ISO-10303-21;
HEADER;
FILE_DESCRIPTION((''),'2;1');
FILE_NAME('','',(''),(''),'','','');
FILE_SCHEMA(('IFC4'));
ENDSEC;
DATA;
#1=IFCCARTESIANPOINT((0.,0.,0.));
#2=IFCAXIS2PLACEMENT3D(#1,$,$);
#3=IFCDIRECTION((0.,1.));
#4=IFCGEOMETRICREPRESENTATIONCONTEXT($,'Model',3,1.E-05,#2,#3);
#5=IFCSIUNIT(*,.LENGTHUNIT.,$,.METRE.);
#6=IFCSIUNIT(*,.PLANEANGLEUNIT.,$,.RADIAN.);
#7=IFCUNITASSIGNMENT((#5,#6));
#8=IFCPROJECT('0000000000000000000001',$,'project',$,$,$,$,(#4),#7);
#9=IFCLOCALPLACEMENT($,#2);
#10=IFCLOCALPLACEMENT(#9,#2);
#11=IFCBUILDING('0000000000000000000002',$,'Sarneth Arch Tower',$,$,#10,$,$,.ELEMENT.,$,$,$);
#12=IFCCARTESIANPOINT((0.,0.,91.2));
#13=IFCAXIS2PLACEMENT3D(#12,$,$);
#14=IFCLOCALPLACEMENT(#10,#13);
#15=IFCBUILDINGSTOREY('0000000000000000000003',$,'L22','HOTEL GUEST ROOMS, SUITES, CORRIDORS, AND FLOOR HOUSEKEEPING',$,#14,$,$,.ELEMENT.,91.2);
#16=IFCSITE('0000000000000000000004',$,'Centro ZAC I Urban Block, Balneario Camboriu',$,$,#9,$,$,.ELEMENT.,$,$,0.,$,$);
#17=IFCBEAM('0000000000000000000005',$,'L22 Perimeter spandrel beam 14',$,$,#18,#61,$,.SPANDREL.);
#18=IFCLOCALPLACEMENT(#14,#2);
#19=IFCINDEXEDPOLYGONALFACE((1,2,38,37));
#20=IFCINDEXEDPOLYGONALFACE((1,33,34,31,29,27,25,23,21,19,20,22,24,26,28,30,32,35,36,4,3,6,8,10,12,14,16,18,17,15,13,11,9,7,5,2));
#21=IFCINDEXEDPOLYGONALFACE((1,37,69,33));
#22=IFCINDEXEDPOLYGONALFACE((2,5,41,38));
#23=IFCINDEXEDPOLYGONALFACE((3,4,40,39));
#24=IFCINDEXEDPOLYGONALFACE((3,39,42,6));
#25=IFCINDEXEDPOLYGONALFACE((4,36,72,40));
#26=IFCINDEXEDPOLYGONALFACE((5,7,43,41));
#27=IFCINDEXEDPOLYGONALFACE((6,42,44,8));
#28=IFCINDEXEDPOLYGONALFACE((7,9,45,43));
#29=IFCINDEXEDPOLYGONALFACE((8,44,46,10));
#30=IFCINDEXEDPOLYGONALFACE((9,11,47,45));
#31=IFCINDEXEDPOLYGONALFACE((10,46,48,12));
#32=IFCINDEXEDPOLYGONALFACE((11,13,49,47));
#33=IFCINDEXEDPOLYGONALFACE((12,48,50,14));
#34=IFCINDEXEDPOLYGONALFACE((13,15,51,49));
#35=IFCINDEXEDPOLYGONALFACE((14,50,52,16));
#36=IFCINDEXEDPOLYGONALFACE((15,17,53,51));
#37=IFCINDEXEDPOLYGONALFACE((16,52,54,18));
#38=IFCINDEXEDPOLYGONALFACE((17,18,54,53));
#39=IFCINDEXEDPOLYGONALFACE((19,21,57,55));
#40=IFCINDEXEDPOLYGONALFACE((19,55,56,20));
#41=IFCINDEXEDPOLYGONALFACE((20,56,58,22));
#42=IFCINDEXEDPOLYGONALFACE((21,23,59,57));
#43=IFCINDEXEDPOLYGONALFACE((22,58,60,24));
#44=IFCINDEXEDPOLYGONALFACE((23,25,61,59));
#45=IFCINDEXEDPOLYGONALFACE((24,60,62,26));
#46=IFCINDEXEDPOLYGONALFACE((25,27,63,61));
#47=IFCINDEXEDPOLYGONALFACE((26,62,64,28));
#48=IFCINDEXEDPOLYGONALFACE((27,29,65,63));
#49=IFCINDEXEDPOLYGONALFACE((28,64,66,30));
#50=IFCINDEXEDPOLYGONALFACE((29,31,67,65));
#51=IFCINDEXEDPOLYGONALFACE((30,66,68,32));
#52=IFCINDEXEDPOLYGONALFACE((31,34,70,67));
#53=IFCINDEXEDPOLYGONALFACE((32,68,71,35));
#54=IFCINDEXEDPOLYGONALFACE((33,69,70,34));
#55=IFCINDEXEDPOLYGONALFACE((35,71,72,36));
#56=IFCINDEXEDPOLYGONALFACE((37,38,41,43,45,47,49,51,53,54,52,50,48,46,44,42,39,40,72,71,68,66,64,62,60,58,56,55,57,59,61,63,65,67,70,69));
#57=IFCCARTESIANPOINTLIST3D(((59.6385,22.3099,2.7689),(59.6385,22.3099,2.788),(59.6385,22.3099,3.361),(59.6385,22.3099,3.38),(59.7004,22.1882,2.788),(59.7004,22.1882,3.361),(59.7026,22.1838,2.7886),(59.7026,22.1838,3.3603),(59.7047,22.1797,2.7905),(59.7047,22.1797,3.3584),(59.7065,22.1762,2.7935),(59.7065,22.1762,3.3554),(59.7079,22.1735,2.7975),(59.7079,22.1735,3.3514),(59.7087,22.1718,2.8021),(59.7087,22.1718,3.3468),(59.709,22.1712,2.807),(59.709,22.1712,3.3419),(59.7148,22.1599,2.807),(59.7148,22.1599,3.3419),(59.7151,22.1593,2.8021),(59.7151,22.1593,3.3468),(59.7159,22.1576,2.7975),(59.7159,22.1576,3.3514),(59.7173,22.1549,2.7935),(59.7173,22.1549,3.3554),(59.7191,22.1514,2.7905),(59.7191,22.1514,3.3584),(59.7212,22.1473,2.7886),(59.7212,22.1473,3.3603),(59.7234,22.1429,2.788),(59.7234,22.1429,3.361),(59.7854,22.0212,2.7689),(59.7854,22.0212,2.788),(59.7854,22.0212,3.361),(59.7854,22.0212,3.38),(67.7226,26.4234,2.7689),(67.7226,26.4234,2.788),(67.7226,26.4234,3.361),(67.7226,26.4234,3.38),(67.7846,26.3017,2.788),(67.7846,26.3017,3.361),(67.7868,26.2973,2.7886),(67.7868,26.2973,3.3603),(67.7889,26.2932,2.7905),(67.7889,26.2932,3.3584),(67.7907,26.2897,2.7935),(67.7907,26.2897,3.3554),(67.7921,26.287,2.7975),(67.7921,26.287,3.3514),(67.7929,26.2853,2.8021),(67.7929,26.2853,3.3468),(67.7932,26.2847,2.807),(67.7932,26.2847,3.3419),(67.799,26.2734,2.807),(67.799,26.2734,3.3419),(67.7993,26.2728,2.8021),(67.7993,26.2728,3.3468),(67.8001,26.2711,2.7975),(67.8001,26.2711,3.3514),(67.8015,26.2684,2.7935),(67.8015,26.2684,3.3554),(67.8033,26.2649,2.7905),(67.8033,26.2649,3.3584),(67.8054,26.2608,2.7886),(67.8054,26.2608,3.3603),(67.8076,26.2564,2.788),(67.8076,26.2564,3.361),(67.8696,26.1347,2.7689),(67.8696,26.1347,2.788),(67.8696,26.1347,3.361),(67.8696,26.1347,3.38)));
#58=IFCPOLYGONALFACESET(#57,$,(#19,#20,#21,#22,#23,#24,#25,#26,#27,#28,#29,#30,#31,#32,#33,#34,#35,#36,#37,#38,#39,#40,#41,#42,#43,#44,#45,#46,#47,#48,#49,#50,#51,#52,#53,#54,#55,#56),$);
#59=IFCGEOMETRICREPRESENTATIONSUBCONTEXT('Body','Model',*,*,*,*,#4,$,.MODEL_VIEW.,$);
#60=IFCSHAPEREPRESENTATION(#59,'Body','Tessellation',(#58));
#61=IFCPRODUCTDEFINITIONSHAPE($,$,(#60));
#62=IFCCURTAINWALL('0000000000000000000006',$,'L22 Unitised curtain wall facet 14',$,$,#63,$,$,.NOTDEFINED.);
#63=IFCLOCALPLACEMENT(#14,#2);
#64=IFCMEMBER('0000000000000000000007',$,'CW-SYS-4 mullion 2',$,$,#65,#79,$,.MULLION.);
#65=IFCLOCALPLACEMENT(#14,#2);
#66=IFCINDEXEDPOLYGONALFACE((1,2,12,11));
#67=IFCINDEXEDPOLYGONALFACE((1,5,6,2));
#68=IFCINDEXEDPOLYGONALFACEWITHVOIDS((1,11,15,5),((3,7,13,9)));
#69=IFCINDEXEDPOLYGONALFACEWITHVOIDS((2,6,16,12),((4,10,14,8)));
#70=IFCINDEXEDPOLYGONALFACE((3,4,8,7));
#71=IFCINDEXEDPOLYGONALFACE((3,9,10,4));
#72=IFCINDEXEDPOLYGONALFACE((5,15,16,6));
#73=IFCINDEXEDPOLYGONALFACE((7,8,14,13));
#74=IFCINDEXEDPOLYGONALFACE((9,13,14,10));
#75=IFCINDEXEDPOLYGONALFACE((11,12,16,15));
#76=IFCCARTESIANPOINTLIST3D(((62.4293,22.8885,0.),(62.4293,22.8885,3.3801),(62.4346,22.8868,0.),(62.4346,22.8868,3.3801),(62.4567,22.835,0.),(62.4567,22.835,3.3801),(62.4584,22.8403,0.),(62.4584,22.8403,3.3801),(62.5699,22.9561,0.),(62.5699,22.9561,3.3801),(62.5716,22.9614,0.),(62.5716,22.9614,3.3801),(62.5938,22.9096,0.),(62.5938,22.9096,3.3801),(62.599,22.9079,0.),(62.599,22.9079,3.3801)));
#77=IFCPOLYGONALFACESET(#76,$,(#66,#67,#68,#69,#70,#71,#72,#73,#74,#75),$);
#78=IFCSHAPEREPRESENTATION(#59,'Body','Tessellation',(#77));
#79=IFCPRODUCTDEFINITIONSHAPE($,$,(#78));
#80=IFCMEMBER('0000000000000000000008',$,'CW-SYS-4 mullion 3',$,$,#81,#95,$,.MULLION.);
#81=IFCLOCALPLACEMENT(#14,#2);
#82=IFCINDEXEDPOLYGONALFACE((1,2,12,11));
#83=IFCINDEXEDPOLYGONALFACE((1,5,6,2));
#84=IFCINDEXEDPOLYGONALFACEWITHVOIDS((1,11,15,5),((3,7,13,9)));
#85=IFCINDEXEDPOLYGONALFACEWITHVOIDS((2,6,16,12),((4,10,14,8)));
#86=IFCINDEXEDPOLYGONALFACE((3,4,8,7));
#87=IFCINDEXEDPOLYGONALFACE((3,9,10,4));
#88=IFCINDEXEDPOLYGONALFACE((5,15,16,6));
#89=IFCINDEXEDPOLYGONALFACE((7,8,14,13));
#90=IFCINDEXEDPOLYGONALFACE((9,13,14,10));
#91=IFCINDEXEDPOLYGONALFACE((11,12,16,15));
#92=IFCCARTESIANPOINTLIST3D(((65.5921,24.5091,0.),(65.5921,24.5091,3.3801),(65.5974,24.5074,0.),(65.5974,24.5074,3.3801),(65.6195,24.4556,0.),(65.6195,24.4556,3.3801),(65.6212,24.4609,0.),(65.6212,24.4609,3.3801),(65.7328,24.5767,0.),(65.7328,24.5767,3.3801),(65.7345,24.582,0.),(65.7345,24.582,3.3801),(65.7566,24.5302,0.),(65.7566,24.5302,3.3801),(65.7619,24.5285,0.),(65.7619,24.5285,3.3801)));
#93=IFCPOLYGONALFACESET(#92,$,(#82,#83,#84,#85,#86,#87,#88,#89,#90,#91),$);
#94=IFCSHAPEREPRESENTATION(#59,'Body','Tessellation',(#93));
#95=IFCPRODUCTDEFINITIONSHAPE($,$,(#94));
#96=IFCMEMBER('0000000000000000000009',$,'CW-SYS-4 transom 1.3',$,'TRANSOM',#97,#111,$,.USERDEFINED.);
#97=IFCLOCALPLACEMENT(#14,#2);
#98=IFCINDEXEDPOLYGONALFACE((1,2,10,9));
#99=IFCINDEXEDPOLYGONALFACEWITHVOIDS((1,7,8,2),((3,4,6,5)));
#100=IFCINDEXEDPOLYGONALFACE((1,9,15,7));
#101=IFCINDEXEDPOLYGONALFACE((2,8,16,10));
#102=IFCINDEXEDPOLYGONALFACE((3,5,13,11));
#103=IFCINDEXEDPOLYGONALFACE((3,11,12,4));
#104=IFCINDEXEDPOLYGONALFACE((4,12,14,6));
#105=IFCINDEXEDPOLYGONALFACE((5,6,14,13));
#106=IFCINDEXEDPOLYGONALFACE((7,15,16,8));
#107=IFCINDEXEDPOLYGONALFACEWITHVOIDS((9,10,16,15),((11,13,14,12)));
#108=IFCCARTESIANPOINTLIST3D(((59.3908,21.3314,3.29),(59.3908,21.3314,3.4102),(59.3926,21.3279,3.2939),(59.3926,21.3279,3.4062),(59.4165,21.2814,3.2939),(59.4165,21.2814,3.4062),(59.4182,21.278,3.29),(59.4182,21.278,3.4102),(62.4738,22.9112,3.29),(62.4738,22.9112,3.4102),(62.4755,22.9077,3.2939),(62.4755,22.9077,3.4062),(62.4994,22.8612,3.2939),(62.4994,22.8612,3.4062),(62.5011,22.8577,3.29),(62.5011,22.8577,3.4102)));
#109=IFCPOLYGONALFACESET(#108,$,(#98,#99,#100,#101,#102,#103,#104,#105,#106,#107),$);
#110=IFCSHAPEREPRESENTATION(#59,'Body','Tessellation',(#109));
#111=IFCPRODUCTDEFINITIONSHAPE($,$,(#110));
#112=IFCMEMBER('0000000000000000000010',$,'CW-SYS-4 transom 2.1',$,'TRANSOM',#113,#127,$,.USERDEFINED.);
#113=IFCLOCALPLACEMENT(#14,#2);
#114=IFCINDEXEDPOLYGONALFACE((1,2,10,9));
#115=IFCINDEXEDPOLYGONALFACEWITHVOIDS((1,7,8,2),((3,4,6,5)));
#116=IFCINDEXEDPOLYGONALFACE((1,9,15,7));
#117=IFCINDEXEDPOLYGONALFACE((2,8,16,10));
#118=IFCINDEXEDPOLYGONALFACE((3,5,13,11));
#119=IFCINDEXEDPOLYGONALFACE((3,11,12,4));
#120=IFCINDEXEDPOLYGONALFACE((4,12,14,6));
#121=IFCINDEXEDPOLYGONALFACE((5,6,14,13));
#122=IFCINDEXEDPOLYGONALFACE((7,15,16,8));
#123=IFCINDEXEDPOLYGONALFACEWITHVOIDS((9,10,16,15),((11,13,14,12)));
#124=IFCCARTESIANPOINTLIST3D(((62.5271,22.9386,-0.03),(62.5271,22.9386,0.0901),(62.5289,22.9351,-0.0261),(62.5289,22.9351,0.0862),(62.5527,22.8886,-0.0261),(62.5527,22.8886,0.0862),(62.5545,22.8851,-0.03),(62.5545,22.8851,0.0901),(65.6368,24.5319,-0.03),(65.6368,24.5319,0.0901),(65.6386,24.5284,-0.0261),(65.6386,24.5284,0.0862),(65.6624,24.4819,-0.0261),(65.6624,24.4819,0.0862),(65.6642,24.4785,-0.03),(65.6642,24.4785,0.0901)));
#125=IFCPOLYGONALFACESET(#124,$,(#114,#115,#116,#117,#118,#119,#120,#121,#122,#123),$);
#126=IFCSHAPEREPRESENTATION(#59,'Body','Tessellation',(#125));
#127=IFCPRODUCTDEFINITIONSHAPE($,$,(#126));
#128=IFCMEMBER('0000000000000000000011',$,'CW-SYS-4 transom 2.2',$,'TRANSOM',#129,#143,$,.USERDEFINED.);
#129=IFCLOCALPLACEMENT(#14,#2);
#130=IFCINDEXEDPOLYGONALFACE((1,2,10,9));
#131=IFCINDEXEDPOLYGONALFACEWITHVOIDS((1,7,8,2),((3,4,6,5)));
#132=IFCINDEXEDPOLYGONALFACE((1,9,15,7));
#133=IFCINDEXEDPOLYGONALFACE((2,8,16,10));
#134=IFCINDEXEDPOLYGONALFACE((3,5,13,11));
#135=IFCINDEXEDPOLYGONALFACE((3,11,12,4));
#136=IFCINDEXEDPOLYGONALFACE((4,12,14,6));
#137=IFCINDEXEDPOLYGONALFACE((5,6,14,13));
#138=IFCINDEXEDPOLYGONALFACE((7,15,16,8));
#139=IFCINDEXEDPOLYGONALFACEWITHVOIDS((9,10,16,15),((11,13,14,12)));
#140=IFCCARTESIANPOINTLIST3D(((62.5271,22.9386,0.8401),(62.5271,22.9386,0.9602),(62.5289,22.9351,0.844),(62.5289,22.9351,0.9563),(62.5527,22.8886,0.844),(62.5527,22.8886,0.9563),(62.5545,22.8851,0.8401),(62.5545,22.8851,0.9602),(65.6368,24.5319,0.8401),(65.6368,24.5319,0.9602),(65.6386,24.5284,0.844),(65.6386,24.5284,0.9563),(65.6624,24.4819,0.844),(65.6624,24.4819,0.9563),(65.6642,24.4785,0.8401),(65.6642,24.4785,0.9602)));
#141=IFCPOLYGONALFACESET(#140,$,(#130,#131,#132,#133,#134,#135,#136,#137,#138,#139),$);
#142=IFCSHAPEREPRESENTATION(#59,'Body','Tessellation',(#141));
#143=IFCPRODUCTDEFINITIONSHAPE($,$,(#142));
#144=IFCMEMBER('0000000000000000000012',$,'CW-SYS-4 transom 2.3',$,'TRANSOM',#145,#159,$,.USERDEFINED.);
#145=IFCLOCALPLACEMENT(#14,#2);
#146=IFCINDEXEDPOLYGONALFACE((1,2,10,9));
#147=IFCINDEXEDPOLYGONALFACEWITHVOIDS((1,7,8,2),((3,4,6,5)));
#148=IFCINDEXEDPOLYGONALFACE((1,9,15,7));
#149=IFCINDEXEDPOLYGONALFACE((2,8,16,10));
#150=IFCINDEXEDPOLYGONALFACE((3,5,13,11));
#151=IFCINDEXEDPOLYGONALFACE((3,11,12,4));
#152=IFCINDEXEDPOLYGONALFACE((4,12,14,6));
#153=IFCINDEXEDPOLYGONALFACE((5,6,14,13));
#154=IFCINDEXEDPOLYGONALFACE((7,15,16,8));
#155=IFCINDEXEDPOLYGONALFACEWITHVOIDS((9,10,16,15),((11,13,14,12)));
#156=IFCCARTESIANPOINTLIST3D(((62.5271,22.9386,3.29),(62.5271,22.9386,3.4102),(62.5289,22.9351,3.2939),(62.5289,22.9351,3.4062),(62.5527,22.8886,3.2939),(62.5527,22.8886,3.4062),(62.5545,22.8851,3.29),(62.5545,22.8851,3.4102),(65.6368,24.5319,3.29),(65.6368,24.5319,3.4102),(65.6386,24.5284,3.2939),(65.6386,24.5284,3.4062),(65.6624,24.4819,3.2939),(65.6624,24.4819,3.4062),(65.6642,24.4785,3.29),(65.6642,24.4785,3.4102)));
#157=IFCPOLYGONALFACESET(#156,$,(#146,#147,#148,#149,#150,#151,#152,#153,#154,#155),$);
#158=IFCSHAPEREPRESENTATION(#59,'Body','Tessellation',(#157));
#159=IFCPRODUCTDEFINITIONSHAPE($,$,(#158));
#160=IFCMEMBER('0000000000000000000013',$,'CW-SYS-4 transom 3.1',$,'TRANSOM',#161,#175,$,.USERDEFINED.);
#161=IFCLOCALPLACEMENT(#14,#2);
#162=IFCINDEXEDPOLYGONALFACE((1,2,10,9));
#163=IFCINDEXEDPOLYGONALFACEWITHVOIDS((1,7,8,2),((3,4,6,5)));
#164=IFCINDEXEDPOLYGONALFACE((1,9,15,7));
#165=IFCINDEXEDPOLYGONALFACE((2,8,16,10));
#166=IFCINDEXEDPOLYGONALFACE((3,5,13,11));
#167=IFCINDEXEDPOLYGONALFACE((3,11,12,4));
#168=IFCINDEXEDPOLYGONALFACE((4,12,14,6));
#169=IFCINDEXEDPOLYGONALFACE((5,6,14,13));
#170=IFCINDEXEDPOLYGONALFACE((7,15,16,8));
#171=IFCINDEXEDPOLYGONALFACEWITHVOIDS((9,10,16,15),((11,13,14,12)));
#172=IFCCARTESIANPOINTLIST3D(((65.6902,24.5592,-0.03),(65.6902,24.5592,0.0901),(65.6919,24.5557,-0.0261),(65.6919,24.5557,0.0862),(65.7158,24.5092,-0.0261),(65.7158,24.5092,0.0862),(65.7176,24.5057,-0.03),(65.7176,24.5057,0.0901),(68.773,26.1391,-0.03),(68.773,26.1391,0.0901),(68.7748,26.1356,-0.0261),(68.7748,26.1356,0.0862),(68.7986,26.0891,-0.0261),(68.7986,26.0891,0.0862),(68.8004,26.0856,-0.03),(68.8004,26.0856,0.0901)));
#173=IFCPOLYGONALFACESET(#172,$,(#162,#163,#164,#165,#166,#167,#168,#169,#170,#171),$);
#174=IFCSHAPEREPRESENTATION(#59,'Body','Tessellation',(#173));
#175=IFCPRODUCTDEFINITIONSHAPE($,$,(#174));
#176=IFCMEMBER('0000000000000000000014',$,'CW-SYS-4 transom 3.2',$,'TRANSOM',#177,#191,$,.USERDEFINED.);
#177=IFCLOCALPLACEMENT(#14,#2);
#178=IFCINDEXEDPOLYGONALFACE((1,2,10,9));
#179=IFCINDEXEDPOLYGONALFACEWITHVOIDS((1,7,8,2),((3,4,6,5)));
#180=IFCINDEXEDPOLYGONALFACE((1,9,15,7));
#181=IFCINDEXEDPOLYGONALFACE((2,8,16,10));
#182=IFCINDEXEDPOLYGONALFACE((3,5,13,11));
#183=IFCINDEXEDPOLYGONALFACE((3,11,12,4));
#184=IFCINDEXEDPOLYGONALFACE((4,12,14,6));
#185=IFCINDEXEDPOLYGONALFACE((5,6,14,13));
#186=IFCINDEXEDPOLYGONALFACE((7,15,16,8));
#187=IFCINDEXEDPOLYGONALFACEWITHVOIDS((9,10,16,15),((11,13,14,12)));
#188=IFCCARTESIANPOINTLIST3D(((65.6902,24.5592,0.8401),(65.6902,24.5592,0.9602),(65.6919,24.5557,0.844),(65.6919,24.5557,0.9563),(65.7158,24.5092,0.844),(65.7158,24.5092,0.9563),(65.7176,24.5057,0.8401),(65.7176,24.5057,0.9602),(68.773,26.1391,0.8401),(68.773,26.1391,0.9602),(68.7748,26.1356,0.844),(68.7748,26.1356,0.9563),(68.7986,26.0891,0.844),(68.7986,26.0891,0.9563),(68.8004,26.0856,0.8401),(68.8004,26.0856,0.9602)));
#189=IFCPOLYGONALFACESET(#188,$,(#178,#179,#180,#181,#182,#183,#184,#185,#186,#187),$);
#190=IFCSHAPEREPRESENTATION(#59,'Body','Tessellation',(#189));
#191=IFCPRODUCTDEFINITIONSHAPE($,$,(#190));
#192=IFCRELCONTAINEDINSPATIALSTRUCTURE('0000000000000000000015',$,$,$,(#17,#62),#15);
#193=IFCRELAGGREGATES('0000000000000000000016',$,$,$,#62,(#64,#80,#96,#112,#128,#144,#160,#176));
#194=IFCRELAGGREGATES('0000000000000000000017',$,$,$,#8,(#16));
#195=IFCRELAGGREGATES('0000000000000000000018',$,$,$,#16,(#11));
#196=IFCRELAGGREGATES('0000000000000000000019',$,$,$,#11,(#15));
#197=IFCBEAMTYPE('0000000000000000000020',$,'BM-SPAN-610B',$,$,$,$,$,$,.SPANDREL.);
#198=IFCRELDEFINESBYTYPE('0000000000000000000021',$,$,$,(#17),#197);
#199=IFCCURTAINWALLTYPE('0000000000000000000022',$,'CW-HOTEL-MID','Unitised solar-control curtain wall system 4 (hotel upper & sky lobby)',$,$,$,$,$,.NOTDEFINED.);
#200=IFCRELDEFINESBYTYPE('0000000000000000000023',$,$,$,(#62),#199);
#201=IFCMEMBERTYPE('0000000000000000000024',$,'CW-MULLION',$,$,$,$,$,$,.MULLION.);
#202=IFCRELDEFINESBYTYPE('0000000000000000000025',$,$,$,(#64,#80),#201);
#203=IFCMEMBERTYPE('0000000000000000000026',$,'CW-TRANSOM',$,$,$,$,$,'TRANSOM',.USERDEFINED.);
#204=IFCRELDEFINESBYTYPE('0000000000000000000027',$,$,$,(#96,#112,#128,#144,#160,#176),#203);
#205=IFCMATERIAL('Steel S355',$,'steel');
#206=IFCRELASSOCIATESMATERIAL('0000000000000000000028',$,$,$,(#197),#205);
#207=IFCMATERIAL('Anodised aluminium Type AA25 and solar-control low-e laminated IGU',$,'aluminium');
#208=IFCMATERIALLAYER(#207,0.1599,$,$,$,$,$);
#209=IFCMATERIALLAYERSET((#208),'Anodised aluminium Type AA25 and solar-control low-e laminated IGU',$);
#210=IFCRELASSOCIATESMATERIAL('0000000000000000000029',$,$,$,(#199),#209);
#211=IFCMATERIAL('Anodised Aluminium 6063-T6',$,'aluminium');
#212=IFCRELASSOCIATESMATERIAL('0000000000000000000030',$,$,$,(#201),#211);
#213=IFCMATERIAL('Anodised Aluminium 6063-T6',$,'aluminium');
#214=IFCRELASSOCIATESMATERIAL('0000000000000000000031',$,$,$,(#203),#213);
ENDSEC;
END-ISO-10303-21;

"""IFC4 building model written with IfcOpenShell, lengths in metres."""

from ifc_helpers import new_model, si_unit, direction, frame, origin, origin_2d, place, context, subcontext, project, spatial, hollow_rectangle, i_section, extrude, material, layer, layer_set, material_profile, profile_set, type_object, element, aggregate, save


model = new_model("IFC4")

# Units and contexts
model_context = context("Model", 3, precision=1e-05, world=origin(), true_north=direction((0.0, 1.0)))
body_context = subcontext(model_context, "Body", "Model", "MODEL_VIEW")
ifc_project = project(units=[si_unit("LENGTHUNIT", "METRE"), si_unit("PLANEANGLEUNIT", "RADIAN")], contexts=[model_context])

# Site, building, storey
site_placement = place(None, origin())
site = spatial("IfcSite", under=ifc_project, at=site_placement, Name="Centro ZAC I Urban Block, Balneario Camboriu", CompositionType="ELEMENT", RefElevation=0.0)
building_placement = place(site_placement, origin())
building = spatial("IfcBuilding", under=site, at=building_placement, Name="Sarneth Arch Tower", CompositionType="ELEMENT")
storey_placement = place(building_placement, frame((0.0, 0.0, 91.2)))
storey = spatial("IfcBuildingStorey", under=building, at=storey_placement, Name="L22", Description="HOTEL GUEST ROOMS, SUITES, CORRIDORS, AND FLOOR HOUSEKEEPING", CompositionType="ELEMENT", Elevation=91.2)

# Beam
ifc_material_1 = material(Name="Steel S355", Category="steel")
ifc_material_profile_1 = material_profile(ifc_material_1, i_section(OverallWidth=0.324, OverallDepth=0.6111, WebThickness=0.0127, FlangeThickness=0.019, FilletRadius=0.019, at=origin_2d()), Name="W610x155")
ifc_profile_set_1 = profile_set([ifc_material_profile_1], Name="Steel S355")
beam_type = type_object("IfcBeamType", Name="BM-SPAN-610B", PredefinedType="SPANDREL", material=ifc_profile_set_1)
beam_placement = place(storey_placement, frame((59.7119, 22.1655, 3.0745), z_axis=(0.891256, 0.453501, 0.0), x_axis=(-0.453501, 0.891256, 0.0)))
element("IfcBeam", 1, at=beam_placement, inside=storey, type_object=beam_type, Name="L22 Perimeter spandrel beam 14", PredefinedType="SPANDREL", context=body_context, shape_type="SweptSolid", body=[
    extrude(i_section(OverallWidth=0.324, OverallDepth=0.6111, WebThickness=0.0127, FlangeThickness=0.019, FilletRadius=0.019, at=origin_2d()), origin(), (0.0, 0.0, 1.0), 9.0706),
])

# Curtain wall, members
ifc_material_2 = material(Name="Anodised aluminium Type AA25 and solar-control low-e laminated IGU", Category="aluminium")
ifc_layer_1 = layer(ifc_material_2, 0.1599)
ifc_layer_set_1 = layer_set([ifc_layer_1], Name="Anodised aluminium Type AA25 and solar-control low-e laminated IGU")
curtain_wall_type = type_object("IfcCurtainWallType", Name="CW-HOTEL-MID", Description="Unitised solar-control curtain wall system 4 (hotel upper & sky lobby)", PredefinedType="NOTDEFINED", material=ifc_layer_set_1)
curtain_wall_placement = place(storey_placement, origin())
curtain_wall = element("IfcCurtainWall", 2, at=curtain_wall_placement, inside=storey, type_object=curtain_wall_type, Name="L22 Unitised curtain wall facet 14", PredefinedType="NOTDEFINED")
ifc_material_3 = material(Name="Anodised Aluminium 6063-T6", Category="aluminium")
ifc_material_profile_2 = material_profile(ifc_material_3, hollow_rectangle(XDim=0.0601, YDim=0.1599, WallThickness=0.0039, at=origin_2d()), Name="AL-MULL-160x60x4")
ifc_profile_set_2 = profile_set([ifc_material_profile_2], Name="Anodised Aluminium 6063-T6")
member_type_1 = type_object("IfcMemberType", Name="CW-MULLION", PredefinedType="MULLION", material=ifc_profile_set_2)
member_1_placement = place(storey_placement, frame((62.5142, 22.8982, 0.0), z_axis=(0.0, 0.0, 1.0), x_axis=(-0.456031, 0.889964, 0.0)))
member_1 = element("IfcMember", 3, at=member_1_placement, type_object=member_type_1, Name="CW-SYS-4 mullion 2", PredefinedType="MULLION", context=body_context, shape_type="SweptSolid", body=[
    extrude(hollow_rectangle(XDim=0.0601, YDim=0.1599, WallThickness=0.0039, at=origin_2d()), origin(), (0.0, 0.0, 1.0), 3.3801),
])
member_2_placement = place(storey_placement, frame((65.677, 24.5188, 0.0), z_axis=(0.0, 0.0, 1.0), x_axis=(-0.456031, 0.889964, 0.0)))
member_2 = element("IfcMember", 4, at=member_2_placement, type_object=member_type_1, Name="CW-SYS-4 mullion 3", PredefinedType="MULLION", context=body_context, shape_type="SweptSolid", body=[
    extrude(hollow_rectangle(XDim=0.0601, YDim=0.1599, WallThickness=0.0039, at=origin_2d()), origin(), (0.0, 0.0, 1.0), 3.3801),
])
ifc_material_4 = material(Name="Anodised Aluminium 6063-T6", Category="aluminium")
ifc_material_profile_3 = material_profile(ifc_material_4, hollow_rectangle(XDim=0.0601, YDim=0.1201, WallThickness=0.0039, at=origin_2d()), Name="AL-TRAN-120x60x4")
ifc_profile_set_3 = profile_set([ifc_material_profile_3], Name="Anodised Aluminium 6063-T6")
member_type_2 = type_object("IfcMemberType", Name="CW-TRANSOM", ElementType="TRANSOM", PredefinedType="USERDEFINED", material=ifc_profile_set_3)
member_3_placement = place(storey_placement, frame((59.4045, 21.3047, 3.3501), z_axis=(0.889958, 0.456043, 0.0), x_axis=(-0.456043, 0.889958, 0.0)))
member_3 = element("IfcMember", 5, at=member_3_placement, type_object=member_type_2, Name="CW-SYS-4 transom 1.3", ObjectType="TRANSOM", PredefinedType="USERDEFINED", context=body_context, shape_type="SweptSolid", body=[
    extrude(hollow_rectangle(XDim=0.0601, YDim=0.1201, WallThickness=0.0039, at=origin_2d()), origin(), (0.0, 0.0, 1.0), 3.4641),
])
member_4_placement = place(storey_placement, frame((62.5408, 22.9119, 0.03), z_axis=(0.889982, 0.455996, 0.0), x_axis=(-0.455996, 0.889982, 0.0)))
member_4 = element("IfcMember", 6, at=member_4_placement, type_object=member_type_2, Name="CW-SYS-4 transom 2.1", ObjectType="TRANSOM", PredefinedType="USERDEFINED", context=body_context, shape_type="SweptSolid", body=[
    extrude(hollow_rectangle(XDim=0.0601, YDim=0.1201, WallThickness=0.0039, at=origin_2d()), origin(), (0.0, 0.0, 1.0), 3.4941),
])
member_5_placement = place(storey_placement, frame((62.5408, 22.9119, 0.9001), z_axis=(0.889982, 0.455996, 0.0), x_axis=(-0.455996, 0.889982, 0.0)))
member_5 = element("IfcMember", 7, at=member_5_placement, type_object=member_type_2, Name="CW-SYS-4 transom 2.2", ObjectType="TRANSOM", PredefinedType="USERDEFINED", context=body_context, shape_type="SweptSolid", body=[
    extrude(hollow_rectangle(XDim=0.0601, YDim=0.1201, WallThickness=0.0039, at=origin_2d()), origin(), (0.0, 0.0, 1.0), 3.4941),
])
member_6_placement = place(storey_placement, frame((62.5408, 22.9119, 3.3501), z_axis=(0.889982, 0.455996, 0.0), x_axis=(-0.455996, 0.889982, 0.0)))
member_6 = element("IfcMember", 8, at=member_6_placement, type_object=member_type_2, Name="CW-SYS-4 transom 2.3", ObjectType="TRANSOM", PredefinedType="USERDEFINED", context=body_context, shape_type="SweptSolid", body=[
    extrude(hollow_rectangle(XDim=0.0601, YDim=0.1201, WallThickness=0.0039, at=origin_2d()), origin(), (0.0, 0.0, 1.0), 3.4941),
])
member_7_placement = place(storey_placement, frame((65.7039, 24.5325, 0.03), z_axis=(0.889943, 0.456072, 0.0), x_axis=(-0.456072, 0.889943, 0.0)))
member_7 = element("IfcMember", 9, at=member_7_placement, type_object=member_type_2, Name="CW-SYS-4 transom 3.1", ObjectType="TRANSOM", PredefinedType="USERDEFINED", context=body_context, shape_type="SweptSolid", body=[
    extrude(hollow_rectangle(XDim=0.0601, YDim=0.1201, WallThickness=0.0039, at=origin_2d()), origin(), (0.0, 0.0, 1.0), 3.4641),
])
member_8_placement = place(storey_placement, frame((65.7039, 24.5325, 0.9001), z_axis=(0.889943, 0.456072, 0.0), x_axis=(-0.456072, 0.889943, 0.0)))
member_8 = element("IfcMember", 10, at=member_8_placement, type_object=member_type_2, Name="CW-SYS-4 transom 3.2", ObjectType="TRANSOM", PredefinedType="USERDEFINED", context=body_context, shape_type="SweptSolid", body=[
    extrude(hollow_rectangle(XDim=0.0601, YDim=0.1201, WallThickness=0.0039, at=origin_2d()), origin(), (0.0, 0.0, 1.0), 3.4641),
])
aggregate(curtain_wall, [member_1, member_2, member_3, member_4, member_5, member_6, member_7, member_8])

save(model, "model.ifc")
